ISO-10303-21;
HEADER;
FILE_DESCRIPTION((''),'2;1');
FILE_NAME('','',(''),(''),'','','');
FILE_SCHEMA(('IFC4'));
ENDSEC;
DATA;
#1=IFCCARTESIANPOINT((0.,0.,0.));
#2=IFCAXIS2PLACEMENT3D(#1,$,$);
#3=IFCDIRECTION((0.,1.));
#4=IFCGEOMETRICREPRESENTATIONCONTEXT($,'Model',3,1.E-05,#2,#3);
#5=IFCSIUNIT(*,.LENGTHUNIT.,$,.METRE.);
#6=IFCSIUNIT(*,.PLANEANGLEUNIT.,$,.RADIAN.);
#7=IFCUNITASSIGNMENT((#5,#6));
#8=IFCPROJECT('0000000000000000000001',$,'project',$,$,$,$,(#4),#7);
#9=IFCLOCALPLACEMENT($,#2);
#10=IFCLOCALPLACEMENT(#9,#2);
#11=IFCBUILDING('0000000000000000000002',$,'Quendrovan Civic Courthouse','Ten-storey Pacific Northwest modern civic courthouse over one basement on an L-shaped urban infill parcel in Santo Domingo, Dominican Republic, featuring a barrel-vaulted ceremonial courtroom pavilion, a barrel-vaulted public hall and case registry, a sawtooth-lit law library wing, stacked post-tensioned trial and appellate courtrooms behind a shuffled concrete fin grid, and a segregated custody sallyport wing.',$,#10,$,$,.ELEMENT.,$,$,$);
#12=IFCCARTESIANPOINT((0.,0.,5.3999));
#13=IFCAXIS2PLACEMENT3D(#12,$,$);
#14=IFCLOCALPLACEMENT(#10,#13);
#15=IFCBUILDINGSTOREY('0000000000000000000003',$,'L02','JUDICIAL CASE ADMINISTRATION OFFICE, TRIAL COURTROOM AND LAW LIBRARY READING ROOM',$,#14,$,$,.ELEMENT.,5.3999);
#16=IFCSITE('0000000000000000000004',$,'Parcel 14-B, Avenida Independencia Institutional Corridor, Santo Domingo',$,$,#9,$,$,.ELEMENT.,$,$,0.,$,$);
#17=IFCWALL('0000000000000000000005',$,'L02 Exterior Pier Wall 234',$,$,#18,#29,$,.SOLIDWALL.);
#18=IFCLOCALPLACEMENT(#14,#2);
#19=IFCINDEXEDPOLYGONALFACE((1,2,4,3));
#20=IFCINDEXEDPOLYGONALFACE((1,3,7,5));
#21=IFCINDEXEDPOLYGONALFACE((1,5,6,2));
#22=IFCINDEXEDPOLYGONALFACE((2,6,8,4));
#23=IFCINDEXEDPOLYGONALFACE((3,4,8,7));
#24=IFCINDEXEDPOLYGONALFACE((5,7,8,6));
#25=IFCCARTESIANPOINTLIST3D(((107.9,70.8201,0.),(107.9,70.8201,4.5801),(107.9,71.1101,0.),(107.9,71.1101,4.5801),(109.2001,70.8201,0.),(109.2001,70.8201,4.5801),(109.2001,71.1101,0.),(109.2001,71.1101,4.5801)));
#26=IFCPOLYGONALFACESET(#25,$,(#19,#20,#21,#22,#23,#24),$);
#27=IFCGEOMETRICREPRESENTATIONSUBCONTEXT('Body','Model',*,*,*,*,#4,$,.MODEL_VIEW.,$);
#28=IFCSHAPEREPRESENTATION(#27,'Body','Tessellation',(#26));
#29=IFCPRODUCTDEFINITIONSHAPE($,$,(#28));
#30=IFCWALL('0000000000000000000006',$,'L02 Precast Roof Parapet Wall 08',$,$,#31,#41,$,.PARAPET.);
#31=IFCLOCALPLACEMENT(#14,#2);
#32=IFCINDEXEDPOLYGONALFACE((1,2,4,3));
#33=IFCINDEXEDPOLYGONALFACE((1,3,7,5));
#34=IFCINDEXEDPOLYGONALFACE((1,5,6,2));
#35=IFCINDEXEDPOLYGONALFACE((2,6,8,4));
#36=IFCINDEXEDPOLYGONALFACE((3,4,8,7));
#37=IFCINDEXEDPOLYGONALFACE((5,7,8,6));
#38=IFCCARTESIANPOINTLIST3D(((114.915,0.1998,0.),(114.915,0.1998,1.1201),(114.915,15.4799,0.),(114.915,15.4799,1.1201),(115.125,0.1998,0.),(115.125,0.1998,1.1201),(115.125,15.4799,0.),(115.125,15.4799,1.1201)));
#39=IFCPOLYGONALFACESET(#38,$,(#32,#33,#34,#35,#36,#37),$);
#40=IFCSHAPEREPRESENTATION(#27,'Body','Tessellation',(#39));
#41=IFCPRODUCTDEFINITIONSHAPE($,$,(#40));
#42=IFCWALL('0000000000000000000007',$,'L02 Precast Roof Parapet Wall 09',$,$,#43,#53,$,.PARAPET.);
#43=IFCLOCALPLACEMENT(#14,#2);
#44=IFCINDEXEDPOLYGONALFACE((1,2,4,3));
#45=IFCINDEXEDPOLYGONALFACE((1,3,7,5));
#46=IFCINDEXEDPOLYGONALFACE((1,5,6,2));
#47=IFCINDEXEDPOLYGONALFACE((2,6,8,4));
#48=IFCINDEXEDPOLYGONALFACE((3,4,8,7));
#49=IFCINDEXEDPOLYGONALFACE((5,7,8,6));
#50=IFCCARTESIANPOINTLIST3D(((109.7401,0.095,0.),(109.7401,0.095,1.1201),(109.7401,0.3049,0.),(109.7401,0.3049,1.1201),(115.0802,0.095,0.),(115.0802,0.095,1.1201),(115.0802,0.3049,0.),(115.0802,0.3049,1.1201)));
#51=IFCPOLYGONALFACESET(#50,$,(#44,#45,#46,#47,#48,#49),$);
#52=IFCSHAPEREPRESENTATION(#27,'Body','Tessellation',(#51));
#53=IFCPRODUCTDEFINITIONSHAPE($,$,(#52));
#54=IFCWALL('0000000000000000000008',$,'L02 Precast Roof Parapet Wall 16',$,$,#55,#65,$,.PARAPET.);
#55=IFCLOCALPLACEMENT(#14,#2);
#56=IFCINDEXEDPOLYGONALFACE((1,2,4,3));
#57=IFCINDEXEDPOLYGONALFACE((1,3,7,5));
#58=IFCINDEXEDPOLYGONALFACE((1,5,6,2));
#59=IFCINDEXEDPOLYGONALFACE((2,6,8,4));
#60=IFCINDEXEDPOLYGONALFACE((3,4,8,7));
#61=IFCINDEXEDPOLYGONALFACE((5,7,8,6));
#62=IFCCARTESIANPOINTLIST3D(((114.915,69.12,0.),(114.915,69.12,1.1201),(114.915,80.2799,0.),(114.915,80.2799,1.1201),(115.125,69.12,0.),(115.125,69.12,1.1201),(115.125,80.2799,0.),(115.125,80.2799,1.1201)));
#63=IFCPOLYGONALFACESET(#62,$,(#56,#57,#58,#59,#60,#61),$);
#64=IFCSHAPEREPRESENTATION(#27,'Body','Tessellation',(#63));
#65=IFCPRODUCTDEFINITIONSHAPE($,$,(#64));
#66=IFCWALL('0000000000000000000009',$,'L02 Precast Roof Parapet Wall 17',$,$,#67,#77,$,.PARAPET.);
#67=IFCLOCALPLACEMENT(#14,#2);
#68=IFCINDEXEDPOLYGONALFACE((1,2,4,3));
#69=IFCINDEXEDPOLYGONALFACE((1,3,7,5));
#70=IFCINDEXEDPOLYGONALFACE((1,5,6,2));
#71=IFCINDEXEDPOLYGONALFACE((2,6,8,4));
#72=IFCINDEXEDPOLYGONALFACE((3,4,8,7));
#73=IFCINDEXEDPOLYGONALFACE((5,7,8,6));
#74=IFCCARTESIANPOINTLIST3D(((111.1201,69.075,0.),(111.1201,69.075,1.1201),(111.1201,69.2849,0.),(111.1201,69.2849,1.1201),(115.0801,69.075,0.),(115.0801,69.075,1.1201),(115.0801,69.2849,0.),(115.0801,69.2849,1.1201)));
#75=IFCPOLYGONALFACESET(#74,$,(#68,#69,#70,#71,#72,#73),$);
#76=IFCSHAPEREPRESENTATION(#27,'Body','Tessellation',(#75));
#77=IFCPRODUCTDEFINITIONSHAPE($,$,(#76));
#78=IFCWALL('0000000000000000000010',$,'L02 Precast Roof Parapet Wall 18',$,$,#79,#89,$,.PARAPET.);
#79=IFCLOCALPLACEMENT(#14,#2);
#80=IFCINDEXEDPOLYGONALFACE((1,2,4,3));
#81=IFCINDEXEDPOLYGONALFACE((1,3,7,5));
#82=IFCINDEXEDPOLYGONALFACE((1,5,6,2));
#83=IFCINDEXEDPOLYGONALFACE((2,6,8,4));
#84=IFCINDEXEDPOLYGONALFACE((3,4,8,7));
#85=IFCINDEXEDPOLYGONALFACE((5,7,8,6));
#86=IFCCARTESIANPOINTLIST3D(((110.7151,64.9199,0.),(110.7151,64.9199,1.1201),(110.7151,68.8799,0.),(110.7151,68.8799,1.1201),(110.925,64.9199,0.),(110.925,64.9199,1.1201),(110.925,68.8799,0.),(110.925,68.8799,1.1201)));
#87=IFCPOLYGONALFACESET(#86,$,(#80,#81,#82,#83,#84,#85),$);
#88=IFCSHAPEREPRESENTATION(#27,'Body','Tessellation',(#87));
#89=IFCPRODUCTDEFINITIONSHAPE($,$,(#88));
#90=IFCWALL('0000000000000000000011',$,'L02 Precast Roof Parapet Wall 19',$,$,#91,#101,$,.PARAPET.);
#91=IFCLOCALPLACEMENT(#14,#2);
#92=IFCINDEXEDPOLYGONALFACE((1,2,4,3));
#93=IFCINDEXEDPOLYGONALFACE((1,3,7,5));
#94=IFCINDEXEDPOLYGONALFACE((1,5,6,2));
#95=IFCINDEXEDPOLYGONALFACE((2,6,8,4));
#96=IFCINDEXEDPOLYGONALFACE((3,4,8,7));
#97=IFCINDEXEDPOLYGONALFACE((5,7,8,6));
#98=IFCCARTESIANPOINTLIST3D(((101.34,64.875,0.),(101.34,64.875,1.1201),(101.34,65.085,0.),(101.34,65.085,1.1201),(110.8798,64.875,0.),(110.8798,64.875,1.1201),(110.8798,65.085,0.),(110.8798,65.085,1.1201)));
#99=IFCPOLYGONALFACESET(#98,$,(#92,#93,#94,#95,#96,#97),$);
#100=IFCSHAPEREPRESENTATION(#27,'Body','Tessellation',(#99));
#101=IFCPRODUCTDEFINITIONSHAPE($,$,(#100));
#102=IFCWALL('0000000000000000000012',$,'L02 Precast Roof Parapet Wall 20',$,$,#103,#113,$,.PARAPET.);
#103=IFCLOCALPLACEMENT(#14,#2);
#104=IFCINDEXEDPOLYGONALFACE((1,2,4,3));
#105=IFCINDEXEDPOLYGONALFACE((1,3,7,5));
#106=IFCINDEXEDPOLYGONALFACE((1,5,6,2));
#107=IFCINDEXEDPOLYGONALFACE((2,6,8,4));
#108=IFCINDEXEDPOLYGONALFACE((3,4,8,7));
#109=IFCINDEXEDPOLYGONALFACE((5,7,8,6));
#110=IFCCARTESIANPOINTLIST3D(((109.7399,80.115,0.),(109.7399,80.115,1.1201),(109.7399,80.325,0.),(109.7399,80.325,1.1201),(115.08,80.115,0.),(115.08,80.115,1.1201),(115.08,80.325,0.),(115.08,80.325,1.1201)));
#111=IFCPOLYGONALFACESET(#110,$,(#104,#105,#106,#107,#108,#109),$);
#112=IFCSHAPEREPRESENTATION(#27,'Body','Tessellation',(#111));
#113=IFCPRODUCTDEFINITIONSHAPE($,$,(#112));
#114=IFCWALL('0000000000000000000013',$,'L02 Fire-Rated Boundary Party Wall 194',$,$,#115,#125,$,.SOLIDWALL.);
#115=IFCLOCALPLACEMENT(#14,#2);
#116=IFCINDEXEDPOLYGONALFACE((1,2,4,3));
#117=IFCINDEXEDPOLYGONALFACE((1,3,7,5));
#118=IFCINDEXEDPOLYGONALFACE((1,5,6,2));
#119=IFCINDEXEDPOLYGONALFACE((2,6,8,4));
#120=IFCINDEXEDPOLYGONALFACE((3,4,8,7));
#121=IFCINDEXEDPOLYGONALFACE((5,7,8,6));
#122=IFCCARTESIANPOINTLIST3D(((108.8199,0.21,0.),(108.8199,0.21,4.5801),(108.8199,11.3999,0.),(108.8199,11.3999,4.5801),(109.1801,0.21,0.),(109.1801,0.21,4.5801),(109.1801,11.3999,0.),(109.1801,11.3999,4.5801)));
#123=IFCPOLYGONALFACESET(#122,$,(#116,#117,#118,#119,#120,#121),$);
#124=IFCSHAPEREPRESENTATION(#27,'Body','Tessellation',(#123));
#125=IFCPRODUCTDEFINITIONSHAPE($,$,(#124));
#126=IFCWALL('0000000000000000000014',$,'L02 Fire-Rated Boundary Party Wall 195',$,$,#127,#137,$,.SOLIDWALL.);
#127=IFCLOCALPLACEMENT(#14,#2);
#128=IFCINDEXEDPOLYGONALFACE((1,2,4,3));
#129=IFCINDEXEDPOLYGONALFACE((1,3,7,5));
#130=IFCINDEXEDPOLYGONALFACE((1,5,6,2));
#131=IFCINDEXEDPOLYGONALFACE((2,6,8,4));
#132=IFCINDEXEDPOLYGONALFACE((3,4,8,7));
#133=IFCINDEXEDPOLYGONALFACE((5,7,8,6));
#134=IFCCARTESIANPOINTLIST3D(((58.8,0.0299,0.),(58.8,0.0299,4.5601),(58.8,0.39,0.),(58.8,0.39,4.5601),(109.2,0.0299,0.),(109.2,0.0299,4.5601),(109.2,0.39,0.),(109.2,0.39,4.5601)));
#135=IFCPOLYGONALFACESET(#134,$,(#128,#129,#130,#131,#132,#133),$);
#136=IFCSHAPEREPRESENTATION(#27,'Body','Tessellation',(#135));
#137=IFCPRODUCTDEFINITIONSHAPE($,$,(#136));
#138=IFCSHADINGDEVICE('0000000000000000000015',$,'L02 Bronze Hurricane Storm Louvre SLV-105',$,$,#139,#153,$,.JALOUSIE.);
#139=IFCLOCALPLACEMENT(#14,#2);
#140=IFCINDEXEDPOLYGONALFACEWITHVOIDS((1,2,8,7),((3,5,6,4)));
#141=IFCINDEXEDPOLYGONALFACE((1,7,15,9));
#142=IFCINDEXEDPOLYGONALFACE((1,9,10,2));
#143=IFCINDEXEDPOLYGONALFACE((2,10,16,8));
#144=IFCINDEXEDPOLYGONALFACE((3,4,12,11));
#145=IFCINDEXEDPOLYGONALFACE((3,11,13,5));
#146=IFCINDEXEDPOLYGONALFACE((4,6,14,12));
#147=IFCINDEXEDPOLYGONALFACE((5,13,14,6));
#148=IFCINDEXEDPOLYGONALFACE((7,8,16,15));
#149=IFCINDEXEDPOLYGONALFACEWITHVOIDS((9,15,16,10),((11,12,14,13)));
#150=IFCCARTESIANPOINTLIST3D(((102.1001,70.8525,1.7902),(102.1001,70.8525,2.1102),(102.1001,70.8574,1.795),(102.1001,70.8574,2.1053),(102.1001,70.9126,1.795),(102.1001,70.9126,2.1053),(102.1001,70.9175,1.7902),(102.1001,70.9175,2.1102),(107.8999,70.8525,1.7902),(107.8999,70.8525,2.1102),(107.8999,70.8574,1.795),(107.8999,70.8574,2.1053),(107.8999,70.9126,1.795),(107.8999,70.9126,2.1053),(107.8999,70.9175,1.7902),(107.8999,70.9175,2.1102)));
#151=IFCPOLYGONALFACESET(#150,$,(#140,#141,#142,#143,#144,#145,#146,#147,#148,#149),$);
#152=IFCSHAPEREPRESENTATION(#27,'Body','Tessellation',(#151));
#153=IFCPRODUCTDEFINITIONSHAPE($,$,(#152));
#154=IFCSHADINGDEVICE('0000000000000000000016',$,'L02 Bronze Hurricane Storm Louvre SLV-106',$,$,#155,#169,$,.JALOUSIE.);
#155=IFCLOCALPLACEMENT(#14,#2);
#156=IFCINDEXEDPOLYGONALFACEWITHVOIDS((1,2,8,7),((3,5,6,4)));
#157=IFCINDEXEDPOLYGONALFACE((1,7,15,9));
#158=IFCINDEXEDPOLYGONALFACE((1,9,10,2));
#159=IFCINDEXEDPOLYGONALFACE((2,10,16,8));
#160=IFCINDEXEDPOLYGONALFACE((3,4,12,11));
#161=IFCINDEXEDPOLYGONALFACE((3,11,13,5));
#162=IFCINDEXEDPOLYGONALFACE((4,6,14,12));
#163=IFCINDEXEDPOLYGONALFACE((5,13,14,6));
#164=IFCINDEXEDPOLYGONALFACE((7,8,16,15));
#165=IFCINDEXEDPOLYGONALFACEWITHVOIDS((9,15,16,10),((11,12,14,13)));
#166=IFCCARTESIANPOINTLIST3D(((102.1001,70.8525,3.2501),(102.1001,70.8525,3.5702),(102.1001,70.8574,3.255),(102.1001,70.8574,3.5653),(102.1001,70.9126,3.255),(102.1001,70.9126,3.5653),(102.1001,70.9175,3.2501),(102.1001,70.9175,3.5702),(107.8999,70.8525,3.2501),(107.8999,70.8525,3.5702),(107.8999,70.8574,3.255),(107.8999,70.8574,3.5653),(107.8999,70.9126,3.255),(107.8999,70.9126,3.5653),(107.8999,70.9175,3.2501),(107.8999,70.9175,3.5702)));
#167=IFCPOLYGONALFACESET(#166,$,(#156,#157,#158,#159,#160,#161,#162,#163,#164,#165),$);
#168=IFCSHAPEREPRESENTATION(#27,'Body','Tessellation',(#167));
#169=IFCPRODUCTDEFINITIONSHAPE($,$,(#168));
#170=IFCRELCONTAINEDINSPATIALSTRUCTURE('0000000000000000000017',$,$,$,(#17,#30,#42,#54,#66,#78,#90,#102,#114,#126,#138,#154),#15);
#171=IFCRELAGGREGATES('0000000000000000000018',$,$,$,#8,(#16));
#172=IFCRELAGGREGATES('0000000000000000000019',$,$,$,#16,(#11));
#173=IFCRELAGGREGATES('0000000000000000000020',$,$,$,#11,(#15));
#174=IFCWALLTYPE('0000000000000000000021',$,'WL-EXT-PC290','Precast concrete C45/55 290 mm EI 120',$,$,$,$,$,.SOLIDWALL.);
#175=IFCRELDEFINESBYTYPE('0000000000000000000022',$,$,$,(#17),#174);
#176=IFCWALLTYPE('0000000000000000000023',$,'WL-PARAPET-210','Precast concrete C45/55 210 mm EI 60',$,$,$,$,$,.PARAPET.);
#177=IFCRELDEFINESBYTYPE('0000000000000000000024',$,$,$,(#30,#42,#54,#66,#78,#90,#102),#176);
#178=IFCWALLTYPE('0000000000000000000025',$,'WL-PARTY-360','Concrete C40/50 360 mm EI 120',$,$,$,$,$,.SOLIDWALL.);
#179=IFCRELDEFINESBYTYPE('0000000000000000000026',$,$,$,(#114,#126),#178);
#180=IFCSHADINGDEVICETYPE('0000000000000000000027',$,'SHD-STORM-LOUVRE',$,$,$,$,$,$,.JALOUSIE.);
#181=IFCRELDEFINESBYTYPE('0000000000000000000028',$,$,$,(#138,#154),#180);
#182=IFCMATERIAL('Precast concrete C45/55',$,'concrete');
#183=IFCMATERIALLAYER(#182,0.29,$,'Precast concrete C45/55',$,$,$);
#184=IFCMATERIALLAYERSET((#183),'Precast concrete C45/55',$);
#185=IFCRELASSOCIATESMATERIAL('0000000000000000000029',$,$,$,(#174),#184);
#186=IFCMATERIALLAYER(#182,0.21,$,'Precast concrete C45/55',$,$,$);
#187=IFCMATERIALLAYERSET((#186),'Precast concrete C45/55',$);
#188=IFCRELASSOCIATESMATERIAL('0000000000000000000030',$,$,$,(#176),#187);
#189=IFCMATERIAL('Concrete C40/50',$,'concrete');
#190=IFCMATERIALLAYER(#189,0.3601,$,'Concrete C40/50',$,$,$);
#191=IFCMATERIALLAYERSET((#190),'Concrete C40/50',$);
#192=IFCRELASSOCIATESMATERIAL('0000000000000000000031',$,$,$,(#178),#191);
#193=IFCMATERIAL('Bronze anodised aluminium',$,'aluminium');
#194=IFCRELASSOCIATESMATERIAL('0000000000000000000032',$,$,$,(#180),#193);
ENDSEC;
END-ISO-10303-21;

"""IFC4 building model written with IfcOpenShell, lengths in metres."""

from ifc_helpers import new_model, si_unit, direction, frame, frame_2d, origin, origin_2d, place, context, subcontext, project, spatial, rectangle, hollow_rectangle, extrude, material, layer, layer_set, material_profile, profile_set, type_object, element, save


model = new_model("IFC4")

# Units and contexts
model_context = context("Model", 3, precision=1e-05, world=origin(), true_north=direction((0.0, 1.0)))
body_context = subcontext(model_context, "Body", "Model", "MODEL_VIEW")
ifc_project = project(units=[si_unit("LENGTHUNIT", "METRE"), si_unit("PLANEANGLEUNIT", "RADIAN")], contexts=[model_context])

# Site, building, storey
site_placement = place(None, origin())
site = spatial("IfcSite", under=ifc_project, at=site_placement, Name="Parcel 14-B, Avenida Independencia Institutional Corridor, Santo Domingo", CompositionType="ELEMENT", RefElevation=0.0)
building_placement = place(site_placement, origin())
building = spatial("IfcBuilding", under=site, at=building_placement, Name="Quendrovan Civic Courthouse", Description="Ten-storey Pacific Northwest modern civic courthouse over one basement on an L-shaped urban infill parcel in Santo Domingo, Dominican Republic, featuring a barrel-vaulted ceremonial courtroom pavilion, a barrel-vaulted public hall and case registry, a sawtooth-lit law library wing, stacked post-tensioned trial and appellate courtrooms behind a shuffled concrete fin grid, and a segregated custody sallyport wing.", CompositionType="ELEMENT")
storey_placement = place(building_placement, frame((0.0, 0.0, 5.3999)))
storey = spatial("IfcBuildingStorey", under=building, at=storey_placement, Name="L02", Description="JUDICIAL CASE ADMINISTRATION OFFICE, TRIAL COURTROOM AND LAW LIBRARY READING ROOM", CompositionType="ELEMENT", Elevation=5.3999)

# Shared definitions
ifc_material_1 = material(Name="Concrete C40/50", Category="concrete")

# Shared definitions
ifc_material_2 = material(Name="Bronze anodised aluminium", Category="aluminium")

# Walls
ifc_material_3 = material(Name="Precast concrete C45/55", Category="concrete")
ifc_layer_1 = layer(ifc_material_3, 0.29, Name="Precast concrete C45/55")
ifc_layer_set_1 = layer_set([ifc_layer_1], Name="Precast concrete C45/55")
wall_type_1 = type_object("IfcWallType", Name="WL-EXT-PC290", Description="Precast concrete C45/55 290 mm EI 120", PredefinedType="SOLIDWALL", material=ifc_layer_set_1)
wall_1_placement = place(storey_placement, frame((109.2, 70.9651, 0.0), z_axis=(0.0, 0.0, 1.0), x_axis=(-1.0, 0.0, 0.0)))
element("IfcWall", 1, at=wall_1_placement, inside=storey, type_object=wall_type_1, Name="L02 Exterior Pier Wall 234", PredefinedType="SOLIDWALL", context=body_context, shape_type="SweptSolid", body=[
    extrude(rectangle(XDim=1.3, YDim=0.29, at=frame_2d((0.6499, 0.0))), origin(), (0.0, 0.0, 1.0), 4.5801),
])
ifc_layer_2 = layer(ifc_material_3, 0.21, Name="Precast concrete C45/55")
ifc_layer_set_2 = layer_set([ifc_layer_2], Name="Precast concrete C45/55")
wall_type_2 = type_object("IfcWallType", Name="WL-PARAPET-210", Description="Precast concrete C45/55 210 mm EI 60", PredefinedType="PARAPET", material=ifc_layer_set_2)
wall_2_placement = place(storey_placement, frame((115.02, 15.48, 0.0), z_axis=(0.0, 0.0, 1.0), x_axis=(0.0, -1.0, 0.0)))
element("IfcWall", 2, at=wall_2_placement, inside=storey, type_object=wall_type_2, Name="L02 Precast Roof Parapet Wall 08", PredefinedType="PARAPET", context=body_context, shape_type="SweptSolid", body=[
    extrude(rectangle(XDim=15.28, YDim=0.21, at=frame_2d((7.6401, 0.0))), origin(), (0.0, 0.0, 1.0), 1.1201),
])
wall_3_placement = place(storey_placement, frame((115.0801, 0.2, 0.0), z_axis=(0.0, 0.0, 1.0), x_axis=(-1.0, 0.0, 0.0)))
element("IfcWall", 3, at=wall_3_placement, inside=storey, type_object=wall_type_2, Name="L02 Precast Roof Parapet Wall 09", PredefinedType="PARAPET", context=body_context, shape_type="SweptSolid", body=[
    extrude(rectangle(XDim=5.3401, YDim=0.21, at=frame_2d((2.6699, 0.0))), origin(), (0.0, 0.0, 1.0), 1.1201),
])
wall_4_placement = place(storey_placement, frame((115.02, 80.28, 0.0), z_axis=(0.0, 0.0, 1.0), x_axis=(0.0, -1.0, 0.0)))
element("IfcWall", 4, at=wall_4_placement, inside=storey, type_object=wall_type_2, Name="L02 Precast Roof Parapet Wall 16", PredefinedType="PARAPET", context=body_context, shape_type="SweptSolid", body=[
    extrude(rectangle(XDim=11.1599, YDim=0.21, at=frame_2d((5.5801, 0.0))), origin(), (0.0, 0.0, 1.0), 1.1201),
])
for number, where, z_axis, x_axis, name in (
    (5, (115.0801, 69.1799, 0.0), (0.0, 0.0, 1.0), (-1.0, 0.0, 0.0), "L02 Precast Roof Parapet Wall 17"),
    (6, (110.8201, 68.8799, 0.0), (0.0, 0.0, 1.0), (0.0, -1.0, 0.0), "L02 Precast Roof Parapet Wall 18"),
):
    element("IfcWall", number, at=place(storey_placement, frame(where, z_axis=z_axis, x_axis=x_axis)), inside=storey, type_object=wall_type_2, Name=name, PredefinedType="PARAPET", context=body_context, shape_type="SweptSolid", body=[
        extrude(rectangle(XDim=3.96, YDim=0.21, at=frame_2d((1.98, 0.0))), origin(), (0.0, 0.0, 1.0), 1.1201),
    ])
wall_5_placement = place(storey_placement, frame((110.8799, 64.98, 0.0), z_axis=(0.0, 0.0, 1.0), x_axis=(-1.0, 0.0, 0.0)))
element("IfcWall", 7, at=wall_5_placement, inside=storey, type_object=wall_type_2, Name="L02 Precast Roof Parapet Wall 19", PredefinedType="PARAPET", context=body_context, shape_type="SweptSolid", body=[
    extrude(rectangle(XDim=9.5398, YDim=0.21, at=frame_2d((4.77, 0.0))), origin(), (0.0, 0.0, 1.0), 1.1201),
])
wall_6_placement = place(storey_placement, frame((109.74, 80.22, 0.0), z_axis=(0.0, 0.0, 1.0), x_axis=(1.0, 0.0, 0.0)))
element("IfcWall", 8, at=wall_6_placement, inside=storey, type_object=wall_type_2, Name="L02 Precast Roof Parapet Wall 20", PredefinedType="PARAPET", context=body_context, shape_type="SweptSolid", body=[
    extrude(rectangle(XDim=5.3401, YDim=0.21, at=frame_2d((2.6699, 0.0))), origin(), (0.0, 0.0, 1.0), 1.1201),
])
ifc_layer_3 = layer(ifc_material_1, 0.3601, Name="Concrete C40/50")
ifc_layer_set_3 = layer_set([ifc_layer_3], Name="Concrete C40/50")
wall_type_3 = type_object("IfcWallType", Name="WL-PARTY-360", Description="Concrete C40/50 360 mm EI 120", PredefinedType="SOLIDWALL", material=ifc_layer_set_3)
wall_7_placement = place(storey_placement, frame((109.0, 11.3999, 0.0), z_axis=(0.0, 0.0, 1.0), x_axis=(0.0, -1.0, 0.0)))
element("IfcWall", 9, at=wall_7_placement, inside=storey, type_object=wall_type_3, Name="L02 Fire-Rated Boundary Party Wall 194", PredefinedType="SOLIDWALL", context=body_context, shape_type="SweptSolid", body=[
    extrude(rectangle(XDim=11.1899, YDim=0.3601, at=frame_2d((5.595, 0.0))), origin(), (0.0, 0.0, 1.0), 4.5801),
])
wall_8_placement = place(storey_placement, frame((109.2, 0.21, 0.0), z_axis=(0.0, 0.0, 1.0), x_axis=(-1.0, 0.0, 0.0)))
element("IfcWall", 10, at=wall_8_placement, inside=storey, type_object=wall_type_3, Name="L02 Fire-Rated Boundary Party Wall 195", PredefinedType="SOLIDWALL", context=body_context, shape_type="SweptSolid", body=[
    extrude(rectangle(XDim=50.3999, YDim=0.3601, at=frame_2d((25.2, 0.0))), origin(), (0.0, 0.0, 1.0), 4.5601),
])

# Shading devices
ifc_material_profile_1 = material_profile(ifc_material_2, hollow_rectangle(XDim=0.0649, YDim=0.3201, WallThickness=0.0049, at=origin_2d()), Name="AL-LOUVRE-65x320")
ifc_profile_set_1 = profile_set([ifc_material_profile_1], Name="Bronze anodised aluminium")
shading_device_type = type_object("IfcShadingDeviceType", Name="SHD-STORM-LOUVRE", PredefinedType="JALOUSIE", material=ifc_profile_set_1)
for number, where, z_axis, x_axis, name in (
    (11, (107.8999, 70.885, 1.9502), (-1.0, 0.0, 0.0), (0.0, -1.0, 0.0), "L02 Bronze Hurricane Storm Louvre SLV-105"),
    (12, (107.8999, 70.885, 3.4102), (-1.0, 0.0, 0.0), (0.0, -1.0, 0.0), "L02 Bronze Hurricane Storm Louvre SLV-106"),
):
    element("IfcShadingDevice", number, at=place(storey_placement, frame(where, z_axis=z_axis, x_axis=x_axis)), inside=storey, type_object=shading_device_type, Name=name, PredefinedType="JALOUSIE", context=body_context, shape_type="SweptSolid", body=[
        extrude(hollow_rectangle(XDim=0.0649, YDim=0.3201, WallThickness=0.0049, at=origin_2d()), origin(), (0.0, 0.0, 1.0), 5.7998),
    ])

save(model, "model.ifc")
